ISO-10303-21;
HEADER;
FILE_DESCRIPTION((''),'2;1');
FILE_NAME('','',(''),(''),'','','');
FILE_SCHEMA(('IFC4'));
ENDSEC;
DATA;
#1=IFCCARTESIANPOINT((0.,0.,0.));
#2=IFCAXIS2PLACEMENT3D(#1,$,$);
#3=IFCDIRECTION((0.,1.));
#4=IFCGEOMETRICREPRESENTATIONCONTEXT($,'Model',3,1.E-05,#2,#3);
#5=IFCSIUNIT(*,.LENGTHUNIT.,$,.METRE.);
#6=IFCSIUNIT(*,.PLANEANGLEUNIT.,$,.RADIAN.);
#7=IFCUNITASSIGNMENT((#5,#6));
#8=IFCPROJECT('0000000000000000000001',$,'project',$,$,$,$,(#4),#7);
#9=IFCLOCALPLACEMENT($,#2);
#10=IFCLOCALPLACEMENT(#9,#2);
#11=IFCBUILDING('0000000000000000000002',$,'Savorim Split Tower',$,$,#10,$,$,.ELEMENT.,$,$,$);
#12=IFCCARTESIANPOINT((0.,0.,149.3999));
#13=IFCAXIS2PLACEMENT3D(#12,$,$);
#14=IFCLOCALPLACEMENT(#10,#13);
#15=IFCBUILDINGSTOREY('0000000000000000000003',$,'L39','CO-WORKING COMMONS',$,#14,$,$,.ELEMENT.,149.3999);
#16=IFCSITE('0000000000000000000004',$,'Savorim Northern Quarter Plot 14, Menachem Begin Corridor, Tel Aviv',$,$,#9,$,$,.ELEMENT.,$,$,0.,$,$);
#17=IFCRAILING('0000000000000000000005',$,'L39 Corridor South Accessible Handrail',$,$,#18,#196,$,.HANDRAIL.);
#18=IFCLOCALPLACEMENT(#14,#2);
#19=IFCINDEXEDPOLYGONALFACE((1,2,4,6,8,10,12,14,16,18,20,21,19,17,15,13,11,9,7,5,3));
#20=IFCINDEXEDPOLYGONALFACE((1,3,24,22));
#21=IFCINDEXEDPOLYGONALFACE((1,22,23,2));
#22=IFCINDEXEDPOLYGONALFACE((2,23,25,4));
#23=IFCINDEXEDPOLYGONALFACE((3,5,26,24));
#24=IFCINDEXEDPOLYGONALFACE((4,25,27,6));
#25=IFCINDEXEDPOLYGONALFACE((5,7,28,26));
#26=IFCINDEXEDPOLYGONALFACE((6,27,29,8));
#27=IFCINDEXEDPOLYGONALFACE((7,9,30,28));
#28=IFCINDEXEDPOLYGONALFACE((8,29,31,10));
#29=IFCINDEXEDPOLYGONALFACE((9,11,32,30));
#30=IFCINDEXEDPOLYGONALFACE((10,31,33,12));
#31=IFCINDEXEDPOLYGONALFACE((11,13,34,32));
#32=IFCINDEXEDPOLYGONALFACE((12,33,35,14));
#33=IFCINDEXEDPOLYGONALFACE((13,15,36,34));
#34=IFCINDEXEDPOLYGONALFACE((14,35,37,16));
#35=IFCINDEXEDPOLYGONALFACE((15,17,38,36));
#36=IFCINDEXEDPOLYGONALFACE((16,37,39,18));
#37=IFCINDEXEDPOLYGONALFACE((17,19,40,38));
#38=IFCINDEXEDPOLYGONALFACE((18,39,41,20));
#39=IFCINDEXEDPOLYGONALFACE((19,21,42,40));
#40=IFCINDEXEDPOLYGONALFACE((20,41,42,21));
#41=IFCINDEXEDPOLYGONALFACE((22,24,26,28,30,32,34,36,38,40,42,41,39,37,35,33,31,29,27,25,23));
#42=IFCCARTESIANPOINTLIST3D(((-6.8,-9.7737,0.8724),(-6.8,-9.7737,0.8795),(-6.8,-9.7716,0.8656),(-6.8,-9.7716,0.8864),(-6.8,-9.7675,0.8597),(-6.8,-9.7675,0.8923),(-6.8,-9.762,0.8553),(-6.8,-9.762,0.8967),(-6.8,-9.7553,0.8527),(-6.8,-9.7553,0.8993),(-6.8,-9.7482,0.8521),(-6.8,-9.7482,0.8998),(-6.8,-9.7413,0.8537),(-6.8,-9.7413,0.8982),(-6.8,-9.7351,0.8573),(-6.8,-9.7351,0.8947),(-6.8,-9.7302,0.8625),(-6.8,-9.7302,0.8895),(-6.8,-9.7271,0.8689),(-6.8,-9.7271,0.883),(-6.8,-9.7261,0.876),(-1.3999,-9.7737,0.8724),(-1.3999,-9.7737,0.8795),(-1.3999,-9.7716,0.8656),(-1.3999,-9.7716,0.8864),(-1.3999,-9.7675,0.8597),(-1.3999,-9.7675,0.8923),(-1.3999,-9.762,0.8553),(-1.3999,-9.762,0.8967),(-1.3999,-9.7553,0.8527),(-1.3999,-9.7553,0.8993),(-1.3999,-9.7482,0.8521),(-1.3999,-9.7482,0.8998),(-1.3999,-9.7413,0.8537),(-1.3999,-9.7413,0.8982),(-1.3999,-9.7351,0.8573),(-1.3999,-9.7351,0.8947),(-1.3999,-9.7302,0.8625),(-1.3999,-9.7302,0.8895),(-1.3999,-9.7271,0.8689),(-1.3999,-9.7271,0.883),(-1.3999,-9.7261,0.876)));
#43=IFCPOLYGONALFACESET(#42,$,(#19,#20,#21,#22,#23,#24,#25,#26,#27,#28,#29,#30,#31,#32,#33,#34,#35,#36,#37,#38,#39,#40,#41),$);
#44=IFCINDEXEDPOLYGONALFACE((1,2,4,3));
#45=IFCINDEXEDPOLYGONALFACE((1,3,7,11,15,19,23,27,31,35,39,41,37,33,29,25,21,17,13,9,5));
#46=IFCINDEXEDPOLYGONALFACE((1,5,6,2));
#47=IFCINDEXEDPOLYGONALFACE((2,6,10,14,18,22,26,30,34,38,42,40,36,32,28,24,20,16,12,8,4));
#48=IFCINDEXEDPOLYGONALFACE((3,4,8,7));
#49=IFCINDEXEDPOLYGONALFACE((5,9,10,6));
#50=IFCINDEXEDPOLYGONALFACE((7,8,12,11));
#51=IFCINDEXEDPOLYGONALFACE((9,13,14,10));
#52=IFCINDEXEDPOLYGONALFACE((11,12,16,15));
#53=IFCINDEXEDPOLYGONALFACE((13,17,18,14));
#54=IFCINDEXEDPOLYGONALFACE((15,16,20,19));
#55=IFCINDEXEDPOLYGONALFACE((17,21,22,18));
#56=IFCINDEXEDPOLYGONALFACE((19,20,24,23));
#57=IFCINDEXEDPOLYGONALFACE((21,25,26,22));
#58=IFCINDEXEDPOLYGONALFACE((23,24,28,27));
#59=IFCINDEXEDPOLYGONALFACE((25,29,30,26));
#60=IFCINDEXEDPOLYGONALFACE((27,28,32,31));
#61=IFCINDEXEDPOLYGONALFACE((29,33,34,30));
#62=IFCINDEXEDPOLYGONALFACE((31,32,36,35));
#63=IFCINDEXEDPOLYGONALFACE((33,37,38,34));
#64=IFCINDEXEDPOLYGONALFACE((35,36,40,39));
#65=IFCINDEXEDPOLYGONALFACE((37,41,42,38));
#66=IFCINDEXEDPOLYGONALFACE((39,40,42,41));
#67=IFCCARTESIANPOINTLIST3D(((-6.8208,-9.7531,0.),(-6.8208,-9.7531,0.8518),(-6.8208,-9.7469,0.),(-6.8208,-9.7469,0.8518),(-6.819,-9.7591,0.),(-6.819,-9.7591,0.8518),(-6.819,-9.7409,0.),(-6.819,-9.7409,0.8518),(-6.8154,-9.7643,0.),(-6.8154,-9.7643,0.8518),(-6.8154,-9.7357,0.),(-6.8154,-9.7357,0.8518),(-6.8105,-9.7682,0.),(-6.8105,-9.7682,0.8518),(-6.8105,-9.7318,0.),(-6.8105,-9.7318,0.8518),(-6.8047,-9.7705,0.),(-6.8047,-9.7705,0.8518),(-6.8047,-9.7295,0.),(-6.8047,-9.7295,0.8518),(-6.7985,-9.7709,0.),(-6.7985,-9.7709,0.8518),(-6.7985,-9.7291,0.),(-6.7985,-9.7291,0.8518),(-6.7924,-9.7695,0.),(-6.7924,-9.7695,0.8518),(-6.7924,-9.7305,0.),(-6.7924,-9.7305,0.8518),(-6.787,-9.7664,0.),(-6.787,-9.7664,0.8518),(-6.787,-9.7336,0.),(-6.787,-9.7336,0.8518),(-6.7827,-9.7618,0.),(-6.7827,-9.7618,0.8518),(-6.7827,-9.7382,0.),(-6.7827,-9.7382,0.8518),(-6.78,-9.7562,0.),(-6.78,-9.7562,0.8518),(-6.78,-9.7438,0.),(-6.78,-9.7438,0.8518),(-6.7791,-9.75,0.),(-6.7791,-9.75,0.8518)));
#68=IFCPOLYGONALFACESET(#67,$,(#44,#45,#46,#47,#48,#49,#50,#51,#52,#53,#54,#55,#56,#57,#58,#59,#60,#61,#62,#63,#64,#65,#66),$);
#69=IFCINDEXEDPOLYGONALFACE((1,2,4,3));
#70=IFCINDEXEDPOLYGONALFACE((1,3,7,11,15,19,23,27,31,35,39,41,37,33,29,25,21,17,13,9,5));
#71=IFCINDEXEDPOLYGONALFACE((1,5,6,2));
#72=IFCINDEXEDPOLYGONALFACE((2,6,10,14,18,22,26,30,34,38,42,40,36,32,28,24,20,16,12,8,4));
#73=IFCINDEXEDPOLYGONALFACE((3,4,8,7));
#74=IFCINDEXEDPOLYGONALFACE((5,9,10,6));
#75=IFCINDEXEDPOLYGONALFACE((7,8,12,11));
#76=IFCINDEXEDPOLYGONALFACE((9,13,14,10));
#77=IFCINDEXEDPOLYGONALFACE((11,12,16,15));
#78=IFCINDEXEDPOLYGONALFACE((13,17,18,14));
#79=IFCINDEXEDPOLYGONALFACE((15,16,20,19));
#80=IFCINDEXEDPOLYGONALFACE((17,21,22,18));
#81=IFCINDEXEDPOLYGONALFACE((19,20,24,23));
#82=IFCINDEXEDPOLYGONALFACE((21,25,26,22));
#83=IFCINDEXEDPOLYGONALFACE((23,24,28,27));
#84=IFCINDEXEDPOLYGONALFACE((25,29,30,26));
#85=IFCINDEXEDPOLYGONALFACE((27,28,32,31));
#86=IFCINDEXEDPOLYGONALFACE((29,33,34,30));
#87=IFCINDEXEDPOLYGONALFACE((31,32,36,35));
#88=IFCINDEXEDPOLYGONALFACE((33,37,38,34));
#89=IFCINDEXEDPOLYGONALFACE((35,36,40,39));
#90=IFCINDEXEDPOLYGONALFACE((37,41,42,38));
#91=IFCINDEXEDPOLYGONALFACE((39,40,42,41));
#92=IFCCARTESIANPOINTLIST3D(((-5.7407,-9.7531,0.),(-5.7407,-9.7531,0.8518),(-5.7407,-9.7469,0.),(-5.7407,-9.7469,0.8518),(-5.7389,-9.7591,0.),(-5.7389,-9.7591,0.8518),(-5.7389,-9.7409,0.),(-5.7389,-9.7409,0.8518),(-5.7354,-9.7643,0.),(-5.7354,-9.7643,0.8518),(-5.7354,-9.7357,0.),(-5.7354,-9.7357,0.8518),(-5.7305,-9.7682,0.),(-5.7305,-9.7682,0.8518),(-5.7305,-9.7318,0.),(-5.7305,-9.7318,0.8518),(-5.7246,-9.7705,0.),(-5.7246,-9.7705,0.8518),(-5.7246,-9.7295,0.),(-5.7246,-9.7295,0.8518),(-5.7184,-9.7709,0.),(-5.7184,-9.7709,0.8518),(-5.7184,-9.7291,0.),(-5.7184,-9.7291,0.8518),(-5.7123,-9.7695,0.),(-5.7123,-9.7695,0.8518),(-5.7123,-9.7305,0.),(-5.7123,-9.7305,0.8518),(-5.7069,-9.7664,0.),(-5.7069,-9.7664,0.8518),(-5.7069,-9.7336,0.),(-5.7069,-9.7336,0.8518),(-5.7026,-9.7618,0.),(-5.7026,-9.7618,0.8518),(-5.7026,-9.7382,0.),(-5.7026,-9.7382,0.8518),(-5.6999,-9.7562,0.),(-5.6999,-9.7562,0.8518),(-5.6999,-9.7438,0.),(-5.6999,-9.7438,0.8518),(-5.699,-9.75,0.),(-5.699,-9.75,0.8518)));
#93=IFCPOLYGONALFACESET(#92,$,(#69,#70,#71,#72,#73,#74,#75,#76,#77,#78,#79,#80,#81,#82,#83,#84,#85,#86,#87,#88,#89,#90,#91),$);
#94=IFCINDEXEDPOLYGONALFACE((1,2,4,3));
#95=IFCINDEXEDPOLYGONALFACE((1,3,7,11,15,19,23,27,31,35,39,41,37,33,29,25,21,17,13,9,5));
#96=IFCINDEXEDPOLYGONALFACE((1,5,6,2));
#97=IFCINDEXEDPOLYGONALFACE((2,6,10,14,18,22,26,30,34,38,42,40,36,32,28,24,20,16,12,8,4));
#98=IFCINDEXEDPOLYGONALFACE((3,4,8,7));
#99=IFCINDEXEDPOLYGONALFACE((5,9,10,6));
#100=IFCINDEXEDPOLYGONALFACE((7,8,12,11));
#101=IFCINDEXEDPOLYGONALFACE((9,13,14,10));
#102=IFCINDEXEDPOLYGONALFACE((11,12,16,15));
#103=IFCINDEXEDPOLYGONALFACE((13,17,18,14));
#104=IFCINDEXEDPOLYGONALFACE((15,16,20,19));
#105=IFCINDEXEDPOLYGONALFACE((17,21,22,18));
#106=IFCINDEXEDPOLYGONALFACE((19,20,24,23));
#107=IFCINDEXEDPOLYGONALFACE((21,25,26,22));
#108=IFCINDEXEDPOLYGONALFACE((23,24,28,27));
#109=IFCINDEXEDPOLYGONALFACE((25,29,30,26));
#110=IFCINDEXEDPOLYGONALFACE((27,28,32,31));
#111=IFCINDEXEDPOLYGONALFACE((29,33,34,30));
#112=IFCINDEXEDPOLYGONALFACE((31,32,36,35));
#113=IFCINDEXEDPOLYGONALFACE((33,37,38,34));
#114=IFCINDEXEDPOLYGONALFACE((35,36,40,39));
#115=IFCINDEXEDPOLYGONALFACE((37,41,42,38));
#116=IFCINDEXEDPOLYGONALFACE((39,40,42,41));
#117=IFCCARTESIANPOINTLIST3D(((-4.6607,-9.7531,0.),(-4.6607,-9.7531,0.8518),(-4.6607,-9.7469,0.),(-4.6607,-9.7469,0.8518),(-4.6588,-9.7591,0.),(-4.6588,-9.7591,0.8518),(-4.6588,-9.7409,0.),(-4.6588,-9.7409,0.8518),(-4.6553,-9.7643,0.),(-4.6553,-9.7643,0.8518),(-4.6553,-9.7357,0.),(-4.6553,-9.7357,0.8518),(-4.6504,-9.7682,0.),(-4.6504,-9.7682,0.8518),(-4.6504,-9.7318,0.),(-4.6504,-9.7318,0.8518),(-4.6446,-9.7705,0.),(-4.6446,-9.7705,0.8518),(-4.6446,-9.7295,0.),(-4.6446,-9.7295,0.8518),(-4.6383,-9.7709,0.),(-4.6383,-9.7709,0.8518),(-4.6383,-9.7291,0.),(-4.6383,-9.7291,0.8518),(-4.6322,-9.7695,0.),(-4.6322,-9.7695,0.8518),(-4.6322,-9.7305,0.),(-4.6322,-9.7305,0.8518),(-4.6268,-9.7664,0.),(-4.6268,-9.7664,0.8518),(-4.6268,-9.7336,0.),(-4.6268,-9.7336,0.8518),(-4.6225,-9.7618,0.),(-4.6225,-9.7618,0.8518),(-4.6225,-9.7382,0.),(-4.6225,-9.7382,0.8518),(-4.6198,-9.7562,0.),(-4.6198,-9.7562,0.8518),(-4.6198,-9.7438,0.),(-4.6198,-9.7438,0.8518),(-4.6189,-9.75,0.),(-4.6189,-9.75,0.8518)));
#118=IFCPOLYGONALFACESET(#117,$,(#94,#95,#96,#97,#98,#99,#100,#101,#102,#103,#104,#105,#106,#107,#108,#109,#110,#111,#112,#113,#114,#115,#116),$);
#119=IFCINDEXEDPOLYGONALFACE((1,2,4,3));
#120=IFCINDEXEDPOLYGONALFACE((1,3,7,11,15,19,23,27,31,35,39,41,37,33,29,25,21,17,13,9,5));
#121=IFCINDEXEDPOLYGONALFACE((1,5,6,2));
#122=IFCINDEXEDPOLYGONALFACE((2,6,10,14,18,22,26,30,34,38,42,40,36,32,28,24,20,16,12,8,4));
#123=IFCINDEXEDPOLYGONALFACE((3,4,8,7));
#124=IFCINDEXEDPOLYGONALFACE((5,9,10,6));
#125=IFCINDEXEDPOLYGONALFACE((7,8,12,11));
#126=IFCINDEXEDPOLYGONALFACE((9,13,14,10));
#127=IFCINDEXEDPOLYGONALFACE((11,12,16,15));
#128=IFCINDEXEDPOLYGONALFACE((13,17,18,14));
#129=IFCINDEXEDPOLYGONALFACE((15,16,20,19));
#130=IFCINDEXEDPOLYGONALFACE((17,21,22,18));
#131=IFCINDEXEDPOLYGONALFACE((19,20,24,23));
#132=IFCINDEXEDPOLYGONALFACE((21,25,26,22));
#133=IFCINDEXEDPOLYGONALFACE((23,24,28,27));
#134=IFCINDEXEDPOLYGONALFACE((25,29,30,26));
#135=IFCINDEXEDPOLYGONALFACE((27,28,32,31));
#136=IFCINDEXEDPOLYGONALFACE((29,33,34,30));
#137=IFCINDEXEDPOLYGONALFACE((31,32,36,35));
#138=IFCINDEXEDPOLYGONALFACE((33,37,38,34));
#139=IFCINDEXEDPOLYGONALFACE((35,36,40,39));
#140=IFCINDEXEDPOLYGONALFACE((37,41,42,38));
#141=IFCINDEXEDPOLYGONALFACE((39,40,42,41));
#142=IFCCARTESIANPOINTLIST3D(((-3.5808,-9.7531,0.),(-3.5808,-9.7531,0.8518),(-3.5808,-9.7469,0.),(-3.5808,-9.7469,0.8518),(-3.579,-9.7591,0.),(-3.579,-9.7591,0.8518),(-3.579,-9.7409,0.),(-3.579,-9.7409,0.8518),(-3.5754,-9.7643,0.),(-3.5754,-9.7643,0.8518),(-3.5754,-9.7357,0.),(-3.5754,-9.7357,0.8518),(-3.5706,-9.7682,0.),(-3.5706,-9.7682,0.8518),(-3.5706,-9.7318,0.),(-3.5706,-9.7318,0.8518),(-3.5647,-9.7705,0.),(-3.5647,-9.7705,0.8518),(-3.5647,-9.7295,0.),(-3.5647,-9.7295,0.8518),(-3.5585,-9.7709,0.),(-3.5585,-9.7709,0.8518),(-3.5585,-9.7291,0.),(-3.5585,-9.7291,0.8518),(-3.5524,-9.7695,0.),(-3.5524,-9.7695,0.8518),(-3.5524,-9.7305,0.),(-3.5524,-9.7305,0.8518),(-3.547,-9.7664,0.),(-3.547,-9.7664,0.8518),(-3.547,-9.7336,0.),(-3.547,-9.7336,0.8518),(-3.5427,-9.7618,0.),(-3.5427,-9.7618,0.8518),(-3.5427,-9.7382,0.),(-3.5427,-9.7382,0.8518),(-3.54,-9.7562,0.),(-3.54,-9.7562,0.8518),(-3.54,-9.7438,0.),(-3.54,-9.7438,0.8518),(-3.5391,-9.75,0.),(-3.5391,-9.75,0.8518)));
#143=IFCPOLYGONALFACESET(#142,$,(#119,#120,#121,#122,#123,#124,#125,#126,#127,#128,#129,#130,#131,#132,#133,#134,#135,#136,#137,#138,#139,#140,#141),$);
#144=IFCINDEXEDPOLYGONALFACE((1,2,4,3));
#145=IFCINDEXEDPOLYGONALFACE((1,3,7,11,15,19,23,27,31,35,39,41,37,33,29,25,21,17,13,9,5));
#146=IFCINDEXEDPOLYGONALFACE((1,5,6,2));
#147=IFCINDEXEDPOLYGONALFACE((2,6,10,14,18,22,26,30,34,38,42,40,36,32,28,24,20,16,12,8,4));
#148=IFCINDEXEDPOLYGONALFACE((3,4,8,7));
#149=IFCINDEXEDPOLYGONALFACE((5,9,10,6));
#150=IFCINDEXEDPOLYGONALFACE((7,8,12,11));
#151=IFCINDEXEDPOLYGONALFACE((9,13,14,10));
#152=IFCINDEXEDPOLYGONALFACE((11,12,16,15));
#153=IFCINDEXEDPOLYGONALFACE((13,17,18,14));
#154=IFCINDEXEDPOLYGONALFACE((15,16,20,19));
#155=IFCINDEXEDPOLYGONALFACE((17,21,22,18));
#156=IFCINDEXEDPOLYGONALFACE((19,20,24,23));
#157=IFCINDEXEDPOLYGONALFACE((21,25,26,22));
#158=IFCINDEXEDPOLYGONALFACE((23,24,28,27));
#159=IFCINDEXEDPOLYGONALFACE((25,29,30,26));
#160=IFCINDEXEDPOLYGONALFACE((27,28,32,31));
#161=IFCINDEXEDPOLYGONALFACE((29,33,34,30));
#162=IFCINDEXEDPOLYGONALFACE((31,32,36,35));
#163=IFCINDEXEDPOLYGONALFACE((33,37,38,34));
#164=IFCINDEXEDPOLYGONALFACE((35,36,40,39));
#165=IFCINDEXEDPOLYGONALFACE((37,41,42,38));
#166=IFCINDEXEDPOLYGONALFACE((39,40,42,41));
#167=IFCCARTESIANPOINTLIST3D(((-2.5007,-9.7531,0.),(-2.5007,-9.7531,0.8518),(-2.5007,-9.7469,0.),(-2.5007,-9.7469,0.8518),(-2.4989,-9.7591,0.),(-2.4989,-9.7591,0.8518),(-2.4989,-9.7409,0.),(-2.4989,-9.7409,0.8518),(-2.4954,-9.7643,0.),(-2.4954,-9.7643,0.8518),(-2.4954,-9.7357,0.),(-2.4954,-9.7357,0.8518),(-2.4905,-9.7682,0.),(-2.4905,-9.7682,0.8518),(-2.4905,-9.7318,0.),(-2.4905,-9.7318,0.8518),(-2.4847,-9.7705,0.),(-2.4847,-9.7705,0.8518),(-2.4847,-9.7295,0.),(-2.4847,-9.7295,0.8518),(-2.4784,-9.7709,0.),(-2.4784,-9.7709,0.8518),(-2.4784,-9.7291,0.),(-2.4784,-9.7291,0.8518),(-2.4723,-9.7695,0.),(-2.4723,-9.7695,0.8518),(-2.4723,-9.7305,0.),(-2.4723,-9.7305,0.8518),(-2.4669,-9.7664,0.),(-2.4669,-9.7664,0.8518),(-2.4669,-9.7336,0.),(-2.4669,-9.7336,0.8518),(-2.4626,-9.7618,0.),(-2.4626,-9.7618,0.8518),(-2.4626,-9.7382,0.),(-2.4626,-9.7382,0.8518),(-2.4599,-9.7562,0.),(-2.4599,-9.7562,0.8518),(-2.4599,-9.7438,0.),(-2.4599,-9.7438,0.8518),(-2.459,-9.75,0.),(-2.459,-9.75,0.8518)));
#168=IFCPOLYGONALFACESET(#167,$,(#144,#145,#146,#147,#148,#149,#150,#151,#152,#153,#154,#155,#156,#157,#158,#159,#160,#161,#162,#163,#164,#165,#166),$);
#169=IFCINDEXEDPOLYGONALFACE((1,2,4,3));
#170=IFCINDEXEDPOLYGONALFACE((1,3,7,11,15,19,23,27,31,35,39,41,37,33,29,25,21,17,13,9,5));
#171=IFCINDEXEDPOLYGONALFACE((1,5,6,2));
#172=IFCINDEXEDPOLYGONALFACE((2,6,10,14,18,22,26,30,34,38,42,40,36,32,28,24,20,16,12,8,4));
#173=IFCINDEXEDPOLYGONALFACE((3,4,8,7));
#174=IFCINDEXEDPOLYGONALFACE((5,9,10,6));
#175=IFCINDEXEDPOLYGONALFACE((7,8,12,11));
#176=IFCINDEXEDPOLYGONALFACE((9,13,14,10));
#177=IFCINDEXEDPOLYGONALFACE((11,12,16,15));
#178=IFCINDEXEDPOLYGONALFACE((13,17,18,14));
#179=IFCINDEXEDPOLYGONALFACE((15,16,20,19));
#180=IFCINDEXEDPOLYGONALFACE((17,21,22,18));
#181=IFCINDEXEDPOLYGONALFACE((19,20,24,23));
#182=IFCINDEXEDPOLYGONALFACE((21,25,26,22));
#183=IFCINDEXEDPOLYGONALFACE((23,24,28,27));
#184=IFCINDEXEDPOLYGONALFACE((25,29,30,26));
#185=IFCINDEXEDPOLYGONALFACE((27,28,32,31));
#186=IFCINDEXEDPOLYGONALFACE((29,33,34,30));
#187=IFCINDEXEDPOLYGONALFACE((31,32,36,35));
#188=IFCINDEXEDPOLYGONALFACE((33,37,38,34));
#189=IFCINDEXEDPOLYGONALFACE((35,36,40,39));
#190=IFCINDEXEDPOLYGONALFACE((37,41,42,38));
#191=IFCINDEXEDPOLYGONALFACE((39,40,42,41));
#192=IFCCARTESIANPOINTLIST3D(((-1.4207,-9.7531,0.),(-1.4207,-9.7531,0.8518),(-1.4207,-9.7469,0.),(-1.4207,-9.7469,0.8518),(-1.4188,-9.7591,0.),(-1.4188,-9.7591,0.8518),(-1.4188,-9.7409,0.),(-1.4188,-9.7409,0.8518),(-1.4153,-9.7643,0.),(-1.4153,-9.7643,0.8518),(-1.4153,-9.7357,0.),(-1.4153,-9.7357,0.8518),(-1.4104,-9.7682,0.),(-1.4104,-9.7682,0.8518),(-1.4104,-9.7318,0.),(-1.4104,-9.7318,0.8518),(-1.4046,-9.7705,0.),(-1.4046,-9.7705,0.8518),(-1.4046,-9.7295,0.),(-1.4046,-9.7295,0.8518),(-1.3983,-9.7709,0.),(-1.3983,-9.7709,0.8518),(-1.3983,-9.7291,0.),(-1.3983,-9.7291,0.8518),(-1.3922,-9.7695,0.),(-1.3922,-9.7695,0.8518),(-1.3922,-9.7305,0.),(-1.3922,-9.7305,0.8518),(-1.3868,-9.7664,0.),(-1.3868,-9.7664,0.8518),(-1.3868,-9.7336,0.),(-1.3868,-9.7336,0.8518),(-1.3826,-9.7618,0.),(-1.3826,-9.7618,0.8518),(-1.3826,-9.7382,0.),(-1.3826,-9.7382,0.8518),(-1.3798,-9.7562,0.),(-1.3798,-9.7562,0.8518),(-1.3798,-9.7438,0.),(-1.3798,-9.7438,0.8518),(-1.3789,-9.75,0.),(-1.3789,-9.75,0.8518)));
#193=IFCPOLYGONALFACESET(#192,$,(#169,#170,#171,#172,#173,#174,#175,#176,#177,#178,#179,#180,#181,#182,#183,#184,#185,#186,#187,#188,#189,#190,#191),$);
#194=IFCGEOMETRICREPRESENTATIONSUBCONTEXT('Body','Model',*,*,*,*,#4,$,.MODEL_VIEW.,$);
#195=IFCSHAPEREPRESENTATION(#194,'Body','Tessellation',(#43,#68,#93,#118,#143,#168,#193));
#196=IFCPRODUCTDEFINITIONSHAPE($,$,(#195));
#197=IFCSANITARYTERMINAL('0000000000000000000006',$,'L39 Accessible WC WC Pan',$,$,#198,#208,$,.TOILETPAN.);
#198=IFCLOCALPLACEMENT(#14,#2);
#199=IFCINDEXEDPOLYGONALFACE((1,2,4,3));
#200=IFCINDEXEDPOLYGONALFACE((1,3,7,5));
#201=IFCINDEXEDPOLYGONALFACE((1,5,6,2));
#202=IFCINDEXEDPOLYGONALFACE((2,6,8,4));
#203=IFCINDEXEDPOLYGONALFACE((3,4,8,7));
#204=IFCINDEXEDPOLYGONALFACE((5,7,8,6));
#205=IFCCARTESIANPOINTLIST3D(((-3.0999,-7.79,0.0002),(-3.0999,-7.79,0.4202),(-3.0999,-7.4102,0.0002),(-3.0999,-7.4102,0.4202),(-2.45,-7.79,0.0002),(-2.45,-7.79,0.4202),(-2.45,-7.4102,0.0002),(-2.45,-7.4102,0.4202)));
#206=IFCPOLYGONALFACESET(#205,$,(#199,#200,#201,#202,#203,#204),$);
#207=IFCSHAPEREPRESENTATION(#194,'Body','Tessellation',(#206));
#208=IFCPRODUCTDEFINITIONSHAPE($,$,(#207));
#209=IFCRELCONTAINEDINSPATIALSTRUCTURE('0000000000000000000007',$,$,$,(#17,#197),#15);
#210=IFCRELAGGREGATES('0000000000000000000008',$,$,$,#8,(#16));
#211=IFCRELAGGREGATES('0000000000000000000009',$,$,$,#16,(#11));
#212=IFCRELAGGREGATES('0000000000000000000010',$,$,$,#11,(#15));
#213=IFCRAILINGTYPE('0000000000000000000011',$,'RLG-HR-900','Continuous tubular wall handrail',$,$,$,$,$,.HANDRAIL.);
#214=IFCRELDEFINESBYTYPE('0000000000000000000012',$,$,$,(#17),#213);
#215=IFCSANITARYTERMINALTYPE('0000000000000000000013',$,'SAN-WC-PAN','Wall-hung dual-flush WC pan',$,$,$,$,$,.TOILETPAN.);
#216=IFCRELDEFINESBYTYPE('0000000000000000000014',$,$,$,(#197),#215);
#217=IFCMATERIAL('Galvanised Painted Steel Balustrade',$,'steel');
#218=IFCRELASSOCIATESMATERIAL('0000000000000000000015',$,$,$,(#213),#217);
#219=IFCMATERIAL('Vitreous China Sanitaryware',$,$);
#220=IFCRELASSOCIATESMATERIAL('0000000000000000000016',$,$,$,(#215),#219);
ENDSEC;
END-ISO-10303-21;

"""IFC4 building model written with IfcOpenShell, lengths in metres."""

from ifc_helpers import new_model, si_unit, direction, frame, origin, origin_2d, place, context, subcontext, project, spatial, rectangle, circle, extrude, material, type_object, element, save


model = new_model("IFC4")

# Units and contexts
model_context = context("Model", 3, precision=1e-05, world=origin(), true_north=direction((0.0, 1.0)))
body_context = subcontext(model_context, "Body", "Model", "MODEL_VIEW")
ifc_project = project(units=[si_unit("LENGTHUNIT", "METRE"), si_unit("PLANEANGLEUNIT", "RADIAN")], contexts=[model_context])

# Site, building, storey
site_placement = place(None, origin())
site = spatial("IfcSite", under=ifc_project, at=site_placement, Name="Savorim Northern Quarter Plot 14, Menachem Begin Corridor, Tel Aviv", CompositionType="ELEMENT", RefElevation=0.0)
building_placement = place(site_placement, origin())
building = spatial("IfcBuilding", under=site, at=building_placement, Name="Savorim Split Tower", CompositionType="ELEMENT")
storey_placement = place(building_placement, frame((0.0, 0.0, 149.3999)))
storey = spatial("IfcBuildingStorey", under=building, at=storey_placement, Name="L39", Description="CO-WORKING COMMONS", CompositionType="ELEMENT", Elevation=149.3999)

# Railing
ifc_material_1 = material(Name="Galvanised Painted Steel Balustrade", Category="steel")
railing_type = type_object("IfcRailingType", Name="RLG-HR-900", Description="Continuous tubular wall handrail", PredefinedType="HANDRAIL", material=ifc_material_1)
railing_1_placement = place(storey_placement, frame((-6.8, -9.75, 0.0)))
element("IfcRailing", 1, at=railing_1_placement, inside=storey, type_object=railing_type, Name="L39 Corridor South Accessible Handrail", PredefinedType="HANDRAIL", context=body_context, shape_type="SweptSolid", body=[
    extrude(circle(Radius=0.0239, at=origin_2d()), frame((0.0, 0.0, 0.876), z_axis=(1.0, 0.0, 0.0), x_axis=(0.0, 1.0, 0.0)), (0.0, 0.0, 1.0), 5.4001),
    extrude(circle(Radius=0.021, at=origin_2d()), origin(), (0.0, 0.0, 1.0), 0.8518),
    extrude(circle(Radius=0.021, at=origin_2d()), frame((1.0801, 0.0, 0.0)), (0.0, 0.0, 1.0), 0.8518),
    extrude(circle(Radius=0.021, at=origin_2d()), frame((2.1602, 0.0, 0.0)), (0.0, 0.0, 1.0), 0.8518),
    extrude(circle(Radius=0.021, at=origin_2d()), frame((3.24, 0.0, 0.0)), (0.0, 0.0, 1.0), 0.8518),
    extrude(circle(Radius=0.021, at=origin_2d()), frame((4.3201, 0.0, 0.0)), (0.0, 0.0, 1.0), 0.8518),
    extrude(circle(Radius=0.021, at=origin_2d()), frame((5.4001, 0.0, 0.0)), (0.0, 0.0, 1.0), 0.8518),
])

# Sanitary terminal
ifc_material_2 = material(Name="Vitreous China Sanitaryware")
sanitary_terminal_type_1 = type_object("IfcSanitaryTerminalType", Name="SAN-WC-PAN", Description="Wall-hung dual-flush WC pan", PredefinedType="TOILETPAN", material=ifc_material_2)
sanitary_terminal_1_placement = place(storey_placement, frame((-2.7749, -7.6001, 0.0002), z_axis=(0.0, 0.0, 1.0), x_axis=(1.0, 0.0, 0.0)))
element("IfcSanitaryTerminal", 2, at=sanitary_terminal_1_placement, inside=storey, type_object=sanitary_terminal_type_1, Name="L39 Accessible WC WC Pan", PredefinedType="TOILETPAN", context=body_context, shape_type="SweptSolid", body=[
    extrude(rectangle(XDim=0.6499, YDim=0.3799, at=origin_2d()), origin(), (0.0, 0.0, 1.0), 0.4199),
])

save(model, "model.ifc")
